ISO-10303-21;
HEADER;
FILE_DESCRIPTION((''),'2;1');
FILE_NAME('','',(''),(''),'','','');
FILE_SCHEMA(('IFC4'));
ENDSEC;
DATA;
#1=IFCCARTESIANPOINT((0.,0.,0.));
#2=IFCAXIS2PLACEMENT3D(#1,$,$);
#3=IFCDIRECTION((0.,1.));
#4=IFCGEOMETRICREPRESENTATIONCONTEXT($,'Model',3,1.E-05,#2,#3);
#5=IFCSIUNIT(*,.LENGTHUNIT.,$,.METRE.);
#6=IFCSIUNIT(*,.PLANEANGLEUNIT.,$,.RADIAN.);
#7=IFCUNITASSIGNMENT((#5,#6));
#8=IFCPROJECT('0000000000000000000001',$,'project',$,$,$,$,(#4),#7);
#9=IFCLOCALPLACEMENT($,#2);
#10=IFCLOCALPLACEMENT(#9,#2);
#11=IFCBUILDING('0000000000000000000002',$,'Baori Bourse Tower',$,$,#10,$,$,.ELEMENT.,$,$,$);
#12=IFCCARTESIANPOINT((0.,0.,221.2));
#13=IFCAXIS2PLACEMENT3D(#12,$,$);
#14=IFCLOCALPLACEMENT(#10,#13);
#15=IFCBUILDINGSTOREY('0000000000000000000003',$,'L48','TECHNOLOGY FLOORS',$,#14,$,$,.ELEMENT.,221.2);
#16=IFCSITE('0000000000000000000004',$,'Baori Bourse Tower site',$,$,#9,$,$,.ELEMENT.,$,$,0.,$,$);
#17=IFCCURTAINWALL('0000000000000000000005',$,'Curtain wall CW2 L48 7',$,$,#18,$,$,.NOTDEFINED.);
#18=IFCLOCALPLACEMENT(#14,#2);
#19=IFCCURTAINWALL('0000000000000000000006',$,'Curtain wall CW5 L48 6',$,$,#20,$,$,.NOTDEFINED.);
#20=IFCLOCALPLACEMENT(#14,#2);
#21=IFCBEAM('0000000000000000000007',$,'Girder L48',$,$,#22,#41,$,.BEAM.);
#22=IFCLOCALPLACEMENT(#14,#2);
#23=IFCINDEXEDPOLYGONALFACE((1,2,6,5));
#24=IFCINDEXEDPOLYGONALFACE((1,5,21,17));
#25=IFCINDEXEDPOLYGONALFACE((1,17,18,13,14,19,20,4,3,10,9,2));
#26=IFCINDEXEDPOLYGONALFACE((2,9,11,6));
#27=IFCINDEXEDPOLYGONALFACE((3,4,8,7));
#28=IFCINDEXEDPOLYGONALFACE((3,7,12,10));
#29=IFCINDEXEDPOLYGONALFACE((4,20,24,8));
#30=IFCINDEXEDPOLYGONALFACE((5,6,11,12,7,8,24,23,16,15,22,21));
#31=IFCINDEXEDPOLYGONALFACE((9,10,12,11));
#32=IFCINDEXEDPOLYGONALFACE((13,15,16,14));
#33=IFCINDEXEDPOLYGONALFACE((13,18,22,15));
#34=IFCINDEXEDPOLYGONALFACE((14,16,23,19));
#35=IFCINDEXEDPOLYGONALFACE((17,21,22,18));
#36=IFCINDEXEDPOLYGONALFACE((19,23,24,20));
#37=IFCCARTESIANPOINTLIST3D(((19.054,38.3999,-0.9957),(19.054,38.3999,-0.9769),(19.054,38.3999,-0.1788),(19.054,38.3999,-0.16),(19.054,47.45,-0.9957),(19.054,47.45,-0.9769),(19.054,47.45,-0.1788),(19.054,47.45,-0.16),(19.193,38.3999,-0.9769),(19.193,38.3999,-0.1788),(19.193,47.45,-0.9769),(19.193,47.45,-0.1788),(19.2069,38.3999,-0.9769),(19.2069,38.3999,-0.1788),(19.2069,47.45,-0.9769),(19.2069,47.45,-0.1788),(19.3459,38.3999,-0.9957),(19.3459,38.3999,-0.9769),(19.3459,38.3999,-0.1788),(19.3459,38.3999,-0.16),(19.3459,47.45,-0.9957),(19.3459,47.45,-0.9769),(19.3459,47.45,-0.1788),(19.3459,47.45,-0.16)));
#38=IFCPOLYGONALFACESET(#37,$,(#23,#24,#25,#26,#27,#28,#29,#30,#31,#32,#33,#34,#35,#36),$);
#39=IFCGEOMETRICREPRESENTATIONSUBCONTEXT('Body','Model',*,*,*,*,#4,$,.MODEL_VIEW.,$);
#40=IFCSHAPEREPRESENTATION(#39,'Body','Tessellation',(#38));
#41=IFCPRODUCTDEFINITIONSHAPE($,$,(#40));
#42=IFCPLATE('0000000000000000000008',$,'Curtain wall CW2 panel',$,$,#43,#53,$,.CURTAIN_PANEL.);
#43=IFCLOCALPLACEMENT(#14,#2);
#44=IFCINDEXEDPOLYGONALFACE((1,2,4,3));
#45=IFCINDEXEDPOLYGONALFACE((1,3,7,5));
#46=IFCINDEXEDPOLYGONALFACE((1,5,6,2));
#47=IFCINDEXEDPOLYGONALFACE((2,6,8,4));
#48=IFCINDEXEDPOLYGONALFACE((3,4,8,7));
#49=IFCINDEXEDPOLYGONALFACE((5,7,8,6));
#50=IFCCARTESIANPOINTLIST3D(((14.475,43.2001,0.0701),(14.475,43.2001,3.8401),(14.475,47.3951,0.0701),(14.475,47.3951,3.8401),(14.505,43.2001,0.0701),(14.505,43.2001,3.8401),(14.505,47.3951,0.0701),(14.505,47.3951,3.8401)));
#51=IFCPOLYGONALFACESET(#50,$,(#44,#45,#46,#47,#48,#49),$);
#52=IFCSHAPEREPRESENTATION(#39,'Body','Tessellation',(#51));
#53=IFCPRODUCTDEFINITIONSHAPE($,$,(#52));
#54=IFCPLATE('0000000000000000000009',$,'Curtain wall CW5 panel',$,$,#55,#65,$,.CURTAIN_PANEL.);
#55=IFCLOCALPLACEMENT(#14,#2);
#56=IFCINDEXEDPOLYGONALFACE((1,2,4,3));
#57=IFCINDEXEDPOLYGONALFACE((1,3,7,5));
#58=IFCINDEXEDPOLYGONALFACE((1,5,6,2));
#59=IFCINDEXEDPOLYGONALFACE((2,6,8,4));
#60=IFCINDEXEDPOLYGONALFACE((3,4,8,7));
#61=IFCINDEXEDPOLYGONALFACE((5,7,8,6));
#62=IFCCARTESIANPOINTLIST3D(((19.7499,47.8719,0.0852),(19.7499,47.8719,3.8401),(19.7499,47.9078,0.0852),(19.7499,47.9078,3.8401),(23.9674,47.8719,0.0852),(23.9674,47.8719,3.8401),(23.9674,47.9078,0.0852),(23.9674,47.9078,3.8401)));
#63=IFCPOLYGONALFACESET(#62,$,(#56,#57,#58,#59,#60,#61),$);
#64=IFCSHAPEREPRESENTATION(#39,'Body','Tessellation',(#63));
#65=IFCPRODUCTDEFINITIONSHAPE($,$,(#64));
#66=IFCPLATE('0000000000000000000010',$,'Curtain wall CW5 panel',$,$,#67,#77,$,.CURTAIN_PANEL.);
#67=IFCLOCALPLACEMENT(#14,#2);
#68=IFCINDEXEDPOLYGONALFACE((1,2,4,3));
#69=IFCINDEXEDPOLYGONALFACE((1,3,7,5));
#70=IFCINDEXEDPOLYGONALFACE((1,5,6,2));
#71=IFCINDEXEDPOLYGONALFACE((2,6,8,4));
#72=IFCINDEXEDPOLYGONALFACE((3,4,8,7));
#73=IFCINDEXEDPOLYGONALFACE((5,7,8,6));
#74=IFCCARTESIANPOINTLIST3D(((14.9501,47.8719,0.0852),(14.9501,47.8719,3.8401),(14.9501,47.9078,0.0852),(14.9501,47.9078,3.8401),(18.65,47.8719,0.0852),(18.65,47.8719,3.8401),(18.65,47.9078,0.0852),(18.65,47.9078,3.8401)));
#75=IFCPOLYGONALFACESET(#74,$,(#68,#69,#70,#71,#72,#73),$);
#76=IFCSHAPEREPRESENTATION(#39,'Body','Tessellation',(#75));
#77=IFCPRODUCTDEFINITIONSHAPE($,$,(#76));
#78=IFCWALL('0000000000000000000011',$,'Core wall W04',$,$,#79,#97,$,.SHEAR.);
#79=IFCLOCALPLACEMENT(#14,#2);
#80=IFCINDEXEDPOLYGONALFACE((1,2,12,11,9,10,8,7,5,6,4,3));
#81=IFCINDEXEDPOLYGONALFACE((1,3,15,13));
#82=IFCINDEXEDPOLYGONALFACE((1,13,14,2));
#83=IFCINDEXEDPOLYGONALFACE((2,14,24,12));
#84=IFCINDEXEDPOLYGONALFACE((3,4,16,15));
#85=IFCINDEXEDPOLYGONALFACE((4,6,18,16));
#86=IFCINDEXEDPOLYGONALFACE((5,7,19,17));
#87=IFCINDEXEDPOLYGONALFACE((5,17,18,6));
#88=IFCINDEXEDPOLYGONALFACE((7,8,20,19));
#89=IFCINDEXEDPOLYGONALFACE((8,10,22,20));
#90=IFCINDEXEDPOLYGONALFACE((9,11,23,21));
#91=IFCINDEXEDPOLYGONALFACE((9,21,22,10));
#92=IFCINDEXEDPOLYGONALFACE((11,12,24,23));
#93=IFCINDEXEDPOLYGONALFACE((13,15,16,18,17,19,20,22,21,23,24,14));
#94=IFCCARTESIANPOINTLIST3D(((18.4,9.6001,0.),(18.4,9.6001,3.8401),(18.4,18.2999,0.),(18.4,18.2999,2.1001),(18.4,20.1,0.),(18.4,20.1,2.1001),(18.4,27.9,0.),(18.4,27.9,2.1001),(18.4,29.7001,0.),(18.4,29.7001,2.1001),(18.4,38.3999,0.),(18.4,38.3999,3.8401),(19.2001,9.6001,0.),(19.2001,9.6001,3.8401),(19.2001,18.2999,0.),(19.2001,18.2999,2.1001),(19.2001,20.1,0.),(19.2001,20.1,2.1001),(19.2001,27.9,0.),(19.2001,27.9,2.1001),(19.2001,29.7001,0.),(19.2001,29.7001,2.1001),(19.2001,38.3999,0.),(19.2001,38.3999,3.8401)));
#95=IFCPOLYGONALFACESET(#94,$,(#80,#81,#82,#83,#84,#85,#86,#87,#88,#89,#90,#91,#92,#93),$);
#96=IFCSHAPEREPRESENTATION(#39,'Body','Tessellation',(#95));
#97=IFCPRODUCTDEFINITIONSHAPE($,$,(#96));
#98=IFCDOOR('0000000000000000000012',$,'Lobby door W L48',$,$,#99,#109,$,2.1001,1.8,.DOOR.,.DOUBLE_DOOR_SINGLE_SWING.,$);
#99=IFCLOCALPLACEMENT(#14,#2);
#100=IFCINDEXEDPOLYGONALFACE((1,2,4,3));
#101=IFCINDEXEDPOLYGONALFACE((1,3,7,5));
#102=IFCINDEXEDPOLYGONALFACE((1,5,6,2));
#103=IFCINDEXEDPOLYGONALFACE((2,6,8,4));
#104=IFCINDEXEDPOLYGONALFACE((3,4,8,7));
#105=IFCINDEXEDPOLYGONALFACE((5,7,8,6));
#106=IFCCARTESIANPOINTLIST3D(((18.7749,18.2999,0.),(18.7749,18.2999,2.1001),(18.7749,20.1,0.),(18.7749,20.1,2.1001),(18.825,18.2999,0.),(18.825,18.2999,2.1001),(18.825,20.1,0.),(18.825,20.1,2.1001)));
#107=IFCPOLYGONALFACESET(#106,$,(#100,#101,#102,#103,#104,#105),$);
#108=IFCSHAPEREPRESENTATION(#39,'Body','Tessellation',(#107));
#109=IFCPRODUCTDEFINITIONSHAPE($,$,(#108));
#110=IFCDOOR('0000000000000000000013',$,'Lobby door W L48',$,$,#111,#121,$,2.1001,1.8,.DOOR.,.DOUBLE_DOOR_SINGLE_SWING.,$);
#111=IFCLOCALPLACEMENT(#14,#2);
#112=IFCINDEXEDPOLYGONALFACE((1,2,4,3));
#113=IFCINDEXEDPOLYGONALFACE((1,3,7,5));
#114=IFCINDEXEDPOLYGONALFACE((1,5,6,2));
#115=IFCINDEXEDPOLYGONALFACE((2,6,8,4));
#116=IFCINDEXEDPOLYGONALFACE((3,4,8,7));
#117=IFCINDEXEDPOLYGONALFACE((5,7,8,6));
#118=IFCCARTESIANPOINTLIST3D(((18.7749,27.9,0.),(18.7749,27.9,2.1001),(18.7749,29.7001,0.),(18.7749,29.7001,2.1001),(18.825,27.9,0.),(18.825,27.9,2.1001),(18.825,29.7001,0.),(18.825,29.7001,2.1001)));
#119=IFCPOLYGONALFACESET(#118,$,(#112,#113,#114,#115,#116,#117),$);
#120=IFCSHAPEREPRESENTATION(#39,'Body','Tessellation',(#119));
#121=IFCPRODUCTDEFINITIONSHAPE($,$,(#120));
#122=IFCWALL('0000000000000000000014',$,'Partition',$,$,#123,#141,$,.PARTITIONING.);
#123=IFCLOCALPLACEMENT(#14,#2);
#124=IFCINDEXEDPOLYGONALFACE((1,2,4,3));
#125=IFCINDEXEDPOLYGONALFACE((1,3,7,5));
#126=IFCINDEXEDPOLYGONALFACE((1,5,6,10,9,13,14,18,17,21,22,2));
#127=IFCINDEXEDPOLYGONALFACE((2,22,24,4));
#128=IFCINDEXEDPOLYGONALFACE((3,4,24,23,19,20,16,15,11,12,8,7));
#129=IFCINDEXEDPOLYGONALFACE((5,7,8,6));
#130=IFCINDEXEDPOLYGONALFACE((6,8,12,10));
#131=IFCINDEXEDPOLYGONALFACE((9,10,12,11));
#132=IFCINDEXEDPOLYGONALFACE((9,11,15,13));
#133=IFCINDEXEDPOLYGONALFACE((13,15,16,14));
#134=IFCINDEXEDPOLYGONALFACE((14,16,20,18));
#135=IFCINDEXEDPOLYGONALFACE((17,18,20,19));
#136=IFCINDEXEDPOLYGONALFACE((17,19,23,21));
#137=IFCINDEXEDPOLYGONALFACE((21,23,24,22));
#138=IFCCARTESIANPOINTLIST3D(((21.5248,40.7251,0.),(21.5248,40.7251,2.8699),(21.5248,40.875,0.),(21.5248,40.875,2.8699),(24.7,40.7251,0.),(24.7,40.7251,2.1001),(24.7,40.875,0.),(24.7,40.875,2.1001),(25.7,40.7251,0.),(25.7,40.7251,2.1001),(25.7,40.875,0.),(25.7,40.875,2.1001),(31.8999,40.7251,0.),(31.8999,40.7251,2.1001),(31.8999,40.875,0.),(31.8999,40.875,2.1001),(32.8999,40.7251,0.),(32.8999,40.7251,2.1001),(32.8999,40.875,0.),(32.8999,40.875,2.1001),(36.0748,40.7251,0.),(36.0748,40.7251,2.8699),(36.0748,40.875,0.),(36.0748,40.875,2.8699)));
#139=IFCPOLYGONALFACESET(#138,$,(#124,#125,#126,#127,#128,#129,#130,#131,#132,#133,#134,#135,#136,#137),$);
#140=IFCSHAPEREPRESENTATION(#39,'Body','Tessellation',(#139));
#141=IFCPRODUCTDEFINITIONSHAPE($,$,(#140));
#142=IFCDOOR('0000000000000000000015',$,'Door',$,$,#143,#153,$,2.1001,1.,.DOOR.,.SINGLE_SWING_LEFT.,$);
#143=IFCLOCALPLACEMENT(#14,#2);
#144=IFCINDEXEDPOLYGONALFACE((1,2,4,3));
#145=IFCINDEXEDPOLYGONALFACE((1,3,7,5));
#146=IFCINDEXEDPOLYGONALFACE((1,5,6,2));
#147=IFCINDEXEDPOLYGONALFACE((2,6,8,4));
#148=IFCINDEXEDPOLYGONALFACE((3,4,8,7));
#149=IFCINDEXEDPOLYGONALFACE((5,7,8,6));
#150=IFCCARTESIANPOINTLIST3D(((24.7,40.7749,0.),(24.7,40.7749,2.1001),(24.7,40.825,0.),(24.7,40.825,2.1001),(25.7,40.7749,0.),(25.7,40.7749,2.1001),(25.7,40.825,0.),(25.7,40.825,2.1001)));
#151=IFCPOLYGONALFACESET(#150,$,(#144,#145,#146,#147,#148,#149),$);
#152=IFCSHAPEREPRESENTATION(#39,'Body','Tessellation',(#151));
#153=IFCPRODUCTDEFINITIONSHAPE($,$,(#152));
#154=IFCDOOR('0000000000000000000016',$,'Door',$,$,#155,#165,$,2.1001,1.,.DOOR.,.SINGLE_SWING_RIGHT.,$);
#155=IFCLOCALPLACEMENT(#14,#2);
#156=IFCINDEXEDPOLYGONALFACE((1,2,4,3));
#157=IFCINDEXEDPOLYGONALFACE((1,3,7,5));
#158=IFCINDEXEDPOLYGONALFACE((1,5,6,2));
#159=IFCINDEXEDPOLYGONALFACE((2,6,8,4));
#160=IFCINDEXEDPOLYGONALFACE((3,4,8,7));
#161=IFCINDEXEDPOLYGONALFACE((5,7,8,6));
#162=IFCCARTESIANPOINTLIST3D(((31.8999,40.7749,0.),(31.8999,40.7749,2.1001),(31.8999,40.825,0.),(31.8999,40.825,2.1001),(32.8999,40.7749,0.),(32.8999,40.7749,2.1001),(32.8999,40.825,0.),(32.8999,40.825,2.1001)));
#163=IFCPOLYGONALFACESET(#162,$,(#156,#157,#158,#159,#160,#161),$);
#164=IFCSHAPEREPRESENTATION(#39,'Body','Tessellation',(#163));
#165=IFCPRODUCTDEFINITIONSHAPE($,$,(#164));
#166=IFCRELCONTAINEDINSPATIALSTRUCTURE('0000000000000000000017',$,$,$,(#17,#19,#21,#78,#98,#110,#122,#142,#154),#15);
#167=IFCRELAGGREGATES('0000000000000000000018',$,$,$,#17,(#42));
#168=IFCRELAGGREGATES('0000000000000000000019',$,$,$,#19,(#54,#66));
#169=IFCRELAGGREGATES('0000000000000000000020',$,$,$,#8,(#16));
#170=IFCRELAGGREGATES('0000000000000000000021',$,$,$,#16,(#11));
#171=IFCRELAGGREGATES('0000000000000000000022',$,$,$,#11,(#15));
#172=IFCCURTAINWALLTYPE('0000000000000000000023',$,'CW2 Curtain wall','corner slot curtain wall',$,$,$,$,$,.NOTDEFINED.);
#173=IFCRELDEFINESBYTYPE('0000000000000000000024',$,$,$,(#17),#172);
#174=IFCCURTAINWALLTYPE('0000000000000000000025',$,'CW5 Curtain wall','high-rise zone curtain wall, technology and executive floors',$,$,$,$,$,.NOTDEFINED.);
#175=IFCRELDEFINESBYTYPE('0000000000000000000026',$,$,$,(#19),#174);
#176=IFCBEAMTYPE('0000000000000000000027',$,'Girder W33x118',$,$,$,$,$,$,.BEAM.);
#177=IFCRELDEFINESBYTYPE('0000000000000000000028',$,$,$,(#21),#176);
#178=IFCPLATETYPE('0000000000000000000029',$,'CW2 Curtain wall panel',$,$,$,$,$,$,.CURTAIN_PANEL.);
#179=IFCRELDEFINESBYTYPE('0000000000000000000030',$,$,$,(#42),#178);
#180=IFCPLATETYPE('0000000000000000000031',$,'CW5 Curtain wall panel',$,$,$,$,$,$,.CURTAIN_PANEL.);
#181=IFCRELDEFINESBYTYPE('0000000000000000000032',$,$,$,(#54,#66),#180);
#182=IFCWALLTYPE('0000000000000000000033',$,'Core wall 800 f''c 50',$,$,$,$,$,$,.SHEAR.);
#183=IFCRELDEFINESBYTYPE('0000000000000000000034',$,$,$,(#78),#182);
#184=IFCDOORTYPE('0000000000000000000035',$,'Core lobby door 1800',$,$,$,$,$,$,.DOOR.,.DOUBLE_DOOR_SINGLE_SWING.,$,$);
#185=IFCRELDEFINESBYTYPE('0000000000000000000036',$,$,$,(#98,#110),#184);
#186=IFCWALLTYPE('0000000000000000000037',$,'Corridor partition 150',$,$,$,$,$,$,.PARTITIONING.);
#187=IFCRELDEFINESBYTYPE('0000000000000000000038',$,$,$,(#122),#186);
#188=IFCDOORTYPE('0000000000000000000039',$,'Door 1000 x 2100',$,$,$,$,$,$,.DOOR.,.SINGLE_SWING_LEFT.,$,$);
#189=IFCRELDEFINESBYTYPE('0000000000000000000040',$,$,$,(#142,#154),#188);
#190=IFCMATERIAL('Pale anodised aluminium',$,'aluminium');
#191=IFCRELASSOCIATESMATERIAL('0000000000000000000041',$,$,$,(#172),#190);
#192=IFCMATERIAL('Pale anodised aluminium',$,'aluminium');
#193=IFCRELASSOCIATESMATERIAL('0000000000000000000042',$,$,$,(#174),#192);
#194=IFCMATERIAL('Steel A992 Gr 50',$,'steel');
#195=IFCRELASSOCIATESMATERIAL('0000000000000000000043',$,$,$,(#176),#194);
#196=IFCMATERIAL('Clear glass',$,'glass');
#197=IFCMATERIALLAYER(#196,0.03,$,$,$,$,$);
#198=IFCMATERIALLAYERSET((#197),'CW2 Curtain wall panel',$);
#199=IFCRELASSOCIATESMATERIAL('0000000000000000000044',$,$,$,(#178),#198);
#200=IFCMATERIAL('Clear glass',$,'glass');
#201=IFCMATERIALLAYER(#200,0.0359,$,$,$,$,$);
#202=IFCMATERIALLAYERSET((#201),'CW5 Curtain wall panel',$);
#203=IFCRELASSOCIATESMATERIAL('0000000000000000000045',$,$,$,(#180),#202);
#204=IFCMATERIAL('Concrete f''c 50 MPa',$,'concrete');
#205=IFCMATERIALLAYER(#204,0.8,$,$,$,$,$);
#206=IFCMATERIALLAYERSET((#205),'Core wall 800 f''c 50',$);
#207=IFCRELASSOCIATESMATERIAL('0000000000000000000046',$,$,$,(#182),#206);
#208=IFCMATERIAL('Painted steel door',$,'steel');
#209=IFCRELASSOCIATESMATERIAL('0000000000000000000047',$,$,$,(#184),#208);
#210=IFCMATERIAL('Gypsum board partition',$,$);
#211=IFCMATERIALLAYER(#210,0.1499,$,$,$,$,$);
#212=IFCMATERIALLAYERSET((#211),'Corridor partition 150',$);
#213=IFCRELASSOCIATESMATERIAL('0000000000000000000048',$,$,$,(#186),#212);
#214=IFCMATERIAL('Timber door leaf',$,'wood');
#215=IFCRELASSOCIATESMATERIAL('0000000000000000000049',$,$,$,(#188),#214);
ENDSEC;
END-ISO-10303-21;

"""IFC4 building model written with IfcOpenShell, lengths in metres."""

from ifc_helpers import new_model, si_unit, direction, frame, frame_2d, origin, origin_2d, place, context, subcontext, project, spatial, rectangle, i_section, extrude, material, layer, layer_set, material_profile, profile_set, type_object, element, fill, aggregate, save


model = new_model("IFC4")

# Units and contexts
model_context = context("Model", 3, precision=1e-05, world=origin(), true_north=direction((0.0, 1.0)))
body_context = subcontext(model_context, "Body", "Model", "MODEL_VIEW")
ifc_project = project(units=[si_unit("LENGTHUNIT", "METRE"), si_unit("PLANEANGLEUNIT", "RADIAN")], contexts=[model_context])

# Site, building, storey
site_placement = place(None, origin())
site = spatial("IfcSite", under=ifc_project, at=site_placement, Name="Baori Bourse Tower site", CompositionType="ELEMENT", RefElevation=0.0)
building_placement = place(site_placement, origin())
building = spatial("IfcBuilding", under=site, at=building_placement, Name="Baori Bourse Tower", CompositionType="ELEMENT")
storey_placement = place(building_placement, frame((0.0, 0.0, 221.2)))
storey = spatial("IfcBuildingStorey", under=building, at=storey_placement, Name="L48", Description="TECHNOLOGY FLOORS", CompositionType="ELEMENT", Elevation=221.2)

# Curtain wall
ifc_material_1 = material(Name="Pale anodised aluminium", Category="aluminium")
curtain_wall_type_1 = type_object("IfcCurtainWallType", Name="CW2 Curtain wall", Description="corner slot curtain wall", PredefinedType="NOTDEFINED", material=ifc_material_1)
curtain_wall_1_placement = place(storey_placement, origin())
curtain_wall_1 = element("IfcCurtainWall", 1, at=curtain_wall_1_placement, inside=storey, type_object=curtain_wall_type_1, Name="Curtain wall CW2 L48 7", PredefinedType="NOTDEFINED")

# Curtain wall
ifc_material_2 = material(Name="Pale anodised aluminium", Category="aluminium")
curtain_wall_type_2 = type_object("IfcCurtainWallType", Name="CW5 Curtain wall", Description="high-rise zone curtain wall, technology and executive floors", PredefinedType="NOTDEFINED", material=ifc_material_2)
curtain_wall_2_placement = place(storey_placement, origin())
curtain_wall_2 = element("IfcCurtainWall", 2, at=curtain_wall_2_placement, inside=storey, type_object=curtain_wall_type_2, Name="Curtain wall CW5 L48 6", PredefinedType="NOTDEFINED")

# Beam
ifc_material_3 = material(Name="Steel A992 Gr 50", Category="steel")
ifc_material_profile_1 = material_profile(ifc_material_3, i_section(OverallWidth=0.292, OverallDepth=0.8357, WebThickness=0.0139, FlangeThickness=0.0188, at=origin_2d()), Name="W33x118")
ifc_profile_set_1 = profile_set([ifc_material_profile_1], Name="Steel A992 Gr 50")
beam_type_1 = type_object("IfcBeamType", Name="Girder W33x118", PredefinedType="BEAM", material=ifc_profile_set_1)
beam_1_placement = place(storey_placement, frame((19.2, 38.3999, -0.5779), z_axis=(0.0, 1.0, 0.0), x_axis=(-1.0, 0.0, 0.0)))
element("IfcBeam", 3, at=beam_1_placement, inside=storey, type_object=beam_type_1, Name="Girder L48", PredefinedType="BEAM", context=body_context, shape_type="SweptSolid", body=[
    extrude(i_section(OverallWidth=0.292, OverallDepth=0.8357, WebThickness=0.0139, FlangeThickness=0.0188, at=origin_2d()), origin(), (0.0, 0.0, 1.0), 9.05),
])

# Plates
ifc_material_4 = material(Name="Clear glass", Category="glass")
ifc_layer_1 = layer(ifc_material_4, 0.03)
ifc_layer_set_1 = layer_set([ifc_layer_1], Name="CW2 Curtain wall panel")
plate_type_1 = type_object("IfcPlateType", Name="CW2 Curtain wall panel", PredefinedType="CURTAIN_PANEL", material=ifc_layer_set_1)
plate_1_placement = place(storey_placement, frame((14.49, 45.2976, 0.0701), z_axis=(0.0, 0.0, 1.0), x_axis=(0.0, -1.0, 0.0)))
plate_1 = element("IfcPlate", 4, at=plate_1_placement, type_object=plate_type_1, Name="Curtain wall CW2 panel", PredefinedType="CURTAIN_PANEL", context=body_context, shape_type="SweptSolid", body=[
    extrude(rectangle(XDim=4.1951, YDim=0.03, at=origin_2d()), origin(), (0.0, 0.0, 1.0), 3.77),
])
aggregate(curtain_wall_1, [plate_1])
ifc_material_5 = material(Name="Clear glass", Category="glass")
ifc_layer_2 = layer(ifc_material_5, 0.0359)
ifc_layer_set_2 = layer_set([ifc_layer_2], Name="CW5 Curtain wall panel")
plate_type_2 = type_object("IfcPlateType", Name="CW5 Curtain wall panel", PredefinedType="CURTAIN_PANEL", material=ifc_layer_set_2)
plate_2_placement = place(storey_placement, frame((21.8586, 47.8899, 0.0852), z_axis=(0.0, 0.0, 1.0), x_axis=(-1.0, 0.0, 0.0)))
plate_2 = element("IfcPlate", 5, at=plate_2_placement, type_object=plate_type_2, Name="Curtain wall CW5 panel", PredefinedType="CURTAIN_PANEL", context=body_context, shape_type="SweptSolid", body=[
    extrude(rectangle(XDim=4.2175, YDim=0.0359, at=origin_2d()), origin(), (0.0, 0.0, 1.0), 3.7549),
])
plate_3_placement = place(storey_placement, frame((16.8, 47.8899, 0.0852), z_axis=(0.0, 0.0, 1.0), x_axis=(-1.0, 0.0, 0.0)))
plate_3 = element("IfcPlate", 6, at=plate_3_placement, type_object=plate_type_2, Name="Curtain wall CW5 panel", PredefinedType="CURTAIN_PANEL", context=body_context, shape_type="SweptSolid", body=[
    extrude(rectangle(XDim=3.7, YDim=0.0359, at=origin_2d()), origin(), (0.0, 0.0, 1.0), 3.7549),
])
aggregate(curtain_wall_2, [plate_2, plate_3])

# Walls, openings, doors
ifc_material_6 = material(Name="Concrete f'c 50 MPa", Category="concrete")
ifc_layer_3 = layer(ifc_material_6, 0.8)
ifc_layer_set_3 = layer_set([ifc_layer_3], Name="Core wall 800 f'c 50")
wall_type_1 = type_object("IfcWallType", Name="Core wall 800 f'c 50", PredefinedType="SHEAR", material=ifc_layer_set_3)
wall_1_placement = place(storey_placement, frame((18.8, 38.3999, 0.0), z_axis=(0.0, 0.0, 1.0), x_axis=(0.0, -1.0, 0.0)))
wall_1 = element("IfcWall", 7, at=wall_1_placement, inside=storey, type_object=wall_type_1, Name="Core wall W04", PredefinedType="SHEAR", context=body_context, shape_type="SweptSolid", body=[
    extrude(rectangle(XDim=28.7998, YDim=0.8, at=frame_2d((14.3999, 0.0))), origin(), (0.0, 0.0, 1.0), 3.8401),
])
opening_1_placement = place(wall_1_placement, frame((18.3, 0.0, 0.0)))
opening_1 = element("IfcOpeningElement", 8, at=opening_1_placement, cuts=wall_1, PredefinedType="OPENING", context=body_context, shape_type="SweptSolid", body=[
    extrude(rectangle(XDim=1.8, YDim=2.1001, at=frame_2d((0.8999, 1.05))), frame((0.0, 0.4099, 0.0), z_axis=(0.0, -1.0, 0.0), x_axis=(1.0, 0.0, 0.0)), (0.0, 0.0, 1.0), 0.8201),
])
opening_2_placement = place(wall_1_placement, frame((8.7, 0.0, 0.0)))
opening_2 = element("IfcOpeningElement", 9, at=opening_2_placement, cuts=wall_1, PredefinedType="OPENING", context=body_context, shape_type="SweptSolid", body=[
    extrude(rectangle(XDim=1.8, YDim=2.1001, at=frame_2d((0.8999, 1.05))), frame((0.0, 0.4099, 0.0), z_axis=(0.0, -1.0, 0.0), x_axis=(1.0, 0.0, 0.0)), (0.0, 0.0, 1.0), 0.8201),
])
ifc_material_7 = material(Name="Painted steel door", Category="steel")
door_type_1 = type_object("IfcDoorType", Name="Core lobby door 1800", OperationType="DOUBLE_DOOR_SINGLE_SWING", PredefinedType="DOOR", material=ifc_material_7)
door_1_placement = place(opening_1_placement, origin())
door_1 = element("IfcDoor", 10, at=door_1_placement, inside=storey, type_object=door_type_1, Name="Lobby door W L48", OperationType="DOUBLE_DOOR_SINGLE_SWING", OverallHeight=2.1001, OverallWidth=1.8, PredefinedType="DOOR", context=body_context, shape_type="SweptSolid", body=[
    extrude(rectangle(XDim=1.8, YDim=2.1001, at=frame_2d((0.8999, 1.05))), frame((0.0, 0.0249, 0.0), z_axis=(0.0, -1.0, 0.0), x_axis=(1.0, 0.0, 0.0)), (0.0, 0.0, 1.0), 0.05),
])
fill(opening_1, door_1)
door_2_placement = place(opening_2_placement, origin())
door_2 = element("IfcDoor", 11, at=door_2_placement, inside=storey, type_object=door_type_1, Name="Lobby door W L48", OperationType="DOUBLE_DOOR_SINGLE_SWING", OverallHeight=2.1001, OverallWidth=1.8, PredefinedType="DOOR", context=body_context, shape_type="SweptSolid", body=[
    extrude(rectangle(XDim=1.8, YDim=2.1001, at=frame_2d((0.8999, 1.05))), frame((0.0, 0.0249, 0.0), z_axis=(0.0, -1.0, 0.0), x_axis=(1.0, 0.0, 0.0)), (0.0, 0.0, 1.0), 0.05),
])
fill(opening_2, door_2)
ifc_material_8 = material(Name="Gypsum board partition")
ifc_layer_4 = layer(ifc_material_8, 0.1499)
ifc_layer_set_4 = layer_set([ifc_layer_4], Name="Corridor partition 150")
wall_type_2 = type_object("IfcWallType", Name="Corridor partition 150", PredefinedType="PARTITIONING", material=ifc_layer_set_4)
wall_2_placement = place(storey_placement, frame((21.5249, 40.8, 0.0), z_axis=(0.0, 0.0, 1.0), x_axis=(1.0, 0.0, 0.0)))
wall_2 = element("IfcWall", 12, at=wall_2_placement, inside=storey, type_object=wall_type_2, Name="Partition", PredefinedType="PARTITIONING", context=body_context, shape_type="SweptSolid", body=[
    extrude(rectangle(XDim=14.55, YDim=0.1499, at=frame_2d((7.2749, 0.0))), origin(), (0.0, 0.0, 1.0), 2.8699),
])
opening_3_placement = place(wall_2_placement, frame((3.175, 0.0, 0.0)))
opening_3 = element("IfcOpeningElement", 13, at=opening_3_placement, cuts=wall_2, PredefinedType="OPENING", context=body_context, shape_type="SweptSolid", body=[
    extrude(rectangle(XDim=1.0, YDim=2.1001, at=frame_2d((0.5, 1.05))), frame((0.0, 0.085, 0.0), z_axis=(0.0, -1.0, 0.0), x_axis=(1.0, 0.0, 0.0)), (0.0, 0.0, 1.0), 0.1699),
])
opening_4_placement = place(wall_2_placement, frame((10.375, 0.0, 0.0)))
opening_4 = element("IfcOpeningElement", 14, at=opening_4_placement, cuts=wall_2, PredefinedType="OPENING", context=body_context, shape_type="SweptSolid", body=[
    extrude(rectangle(XDim=1.0, YDim=2.1001, at=frame_2d((0.5, 1.05))), frame((0.0, 0.085, 0.0), z_axis=(0.0, -1.0, 0.0), x_axis=(1.0, 0.0, 0.0)), (0.0, 0.0, 1.0), 0.1699),
])
ifc_material_9 = material(Name="Timber door leaf", Category="wood")
door_type_2 = type_object("IfcDoorType", Name="Door 1000 x 2100", OperationType="SINGLE_SWING_LEFT", PredefinedType="DOOR", material=ifc_material_9)
door_3_placement = place(opening_3_placement, origin())
door_3 = element("IfcDoor", 15, at=door_3_placement, inside=storey, type_object=door_type_2, Name="Door", OperationType="SINGLE_SWING_LEFT", OverallHeight=2.1001, OverallWidth=1.0, PredefinedType="DOOR", context=body_context, shape_type="SweptSolid", body=[
    extrude(rectangle(XDim=1.0, YDim=2.1001, at=frame_2d((0.5, 1.05))), frame((0.0, 0.0249, 0.0), z_axis=(0.0, -1.0, 0.0), x_axis=(1.0, 0.0, 0.0)), (0.0, 0.0, 1.0), 0.05),
])
fill(opening_3, door_3)
door_4_placement = place(opening_4_placement, origin())
door_4 = element("IfcDoor", 16, at=door_4_placement, inside=storey, type_object=door_type_2, Name="Door", OperationType="SINGLE_SWING_RIGHT", OverallHeight=2.1001, OverallWidth=1.0, PredefinedType="DOOR", context=body_context, shape_type="SweptSolid", body=[
    extrude(rectangle(XDim=1.0, YDim=2.1001, at=frame_2d((0.5, 1.05))), frame((0.0, 0.0249, 0.0), z_axis=(0.0, -1.0, 0.0), x_axis=(1.0, 0.0, 0.0)), (0.0, 0.0, 1.0), 0.05),
])
fill(opening_4, door_4)

save(model, "model.ifc")
